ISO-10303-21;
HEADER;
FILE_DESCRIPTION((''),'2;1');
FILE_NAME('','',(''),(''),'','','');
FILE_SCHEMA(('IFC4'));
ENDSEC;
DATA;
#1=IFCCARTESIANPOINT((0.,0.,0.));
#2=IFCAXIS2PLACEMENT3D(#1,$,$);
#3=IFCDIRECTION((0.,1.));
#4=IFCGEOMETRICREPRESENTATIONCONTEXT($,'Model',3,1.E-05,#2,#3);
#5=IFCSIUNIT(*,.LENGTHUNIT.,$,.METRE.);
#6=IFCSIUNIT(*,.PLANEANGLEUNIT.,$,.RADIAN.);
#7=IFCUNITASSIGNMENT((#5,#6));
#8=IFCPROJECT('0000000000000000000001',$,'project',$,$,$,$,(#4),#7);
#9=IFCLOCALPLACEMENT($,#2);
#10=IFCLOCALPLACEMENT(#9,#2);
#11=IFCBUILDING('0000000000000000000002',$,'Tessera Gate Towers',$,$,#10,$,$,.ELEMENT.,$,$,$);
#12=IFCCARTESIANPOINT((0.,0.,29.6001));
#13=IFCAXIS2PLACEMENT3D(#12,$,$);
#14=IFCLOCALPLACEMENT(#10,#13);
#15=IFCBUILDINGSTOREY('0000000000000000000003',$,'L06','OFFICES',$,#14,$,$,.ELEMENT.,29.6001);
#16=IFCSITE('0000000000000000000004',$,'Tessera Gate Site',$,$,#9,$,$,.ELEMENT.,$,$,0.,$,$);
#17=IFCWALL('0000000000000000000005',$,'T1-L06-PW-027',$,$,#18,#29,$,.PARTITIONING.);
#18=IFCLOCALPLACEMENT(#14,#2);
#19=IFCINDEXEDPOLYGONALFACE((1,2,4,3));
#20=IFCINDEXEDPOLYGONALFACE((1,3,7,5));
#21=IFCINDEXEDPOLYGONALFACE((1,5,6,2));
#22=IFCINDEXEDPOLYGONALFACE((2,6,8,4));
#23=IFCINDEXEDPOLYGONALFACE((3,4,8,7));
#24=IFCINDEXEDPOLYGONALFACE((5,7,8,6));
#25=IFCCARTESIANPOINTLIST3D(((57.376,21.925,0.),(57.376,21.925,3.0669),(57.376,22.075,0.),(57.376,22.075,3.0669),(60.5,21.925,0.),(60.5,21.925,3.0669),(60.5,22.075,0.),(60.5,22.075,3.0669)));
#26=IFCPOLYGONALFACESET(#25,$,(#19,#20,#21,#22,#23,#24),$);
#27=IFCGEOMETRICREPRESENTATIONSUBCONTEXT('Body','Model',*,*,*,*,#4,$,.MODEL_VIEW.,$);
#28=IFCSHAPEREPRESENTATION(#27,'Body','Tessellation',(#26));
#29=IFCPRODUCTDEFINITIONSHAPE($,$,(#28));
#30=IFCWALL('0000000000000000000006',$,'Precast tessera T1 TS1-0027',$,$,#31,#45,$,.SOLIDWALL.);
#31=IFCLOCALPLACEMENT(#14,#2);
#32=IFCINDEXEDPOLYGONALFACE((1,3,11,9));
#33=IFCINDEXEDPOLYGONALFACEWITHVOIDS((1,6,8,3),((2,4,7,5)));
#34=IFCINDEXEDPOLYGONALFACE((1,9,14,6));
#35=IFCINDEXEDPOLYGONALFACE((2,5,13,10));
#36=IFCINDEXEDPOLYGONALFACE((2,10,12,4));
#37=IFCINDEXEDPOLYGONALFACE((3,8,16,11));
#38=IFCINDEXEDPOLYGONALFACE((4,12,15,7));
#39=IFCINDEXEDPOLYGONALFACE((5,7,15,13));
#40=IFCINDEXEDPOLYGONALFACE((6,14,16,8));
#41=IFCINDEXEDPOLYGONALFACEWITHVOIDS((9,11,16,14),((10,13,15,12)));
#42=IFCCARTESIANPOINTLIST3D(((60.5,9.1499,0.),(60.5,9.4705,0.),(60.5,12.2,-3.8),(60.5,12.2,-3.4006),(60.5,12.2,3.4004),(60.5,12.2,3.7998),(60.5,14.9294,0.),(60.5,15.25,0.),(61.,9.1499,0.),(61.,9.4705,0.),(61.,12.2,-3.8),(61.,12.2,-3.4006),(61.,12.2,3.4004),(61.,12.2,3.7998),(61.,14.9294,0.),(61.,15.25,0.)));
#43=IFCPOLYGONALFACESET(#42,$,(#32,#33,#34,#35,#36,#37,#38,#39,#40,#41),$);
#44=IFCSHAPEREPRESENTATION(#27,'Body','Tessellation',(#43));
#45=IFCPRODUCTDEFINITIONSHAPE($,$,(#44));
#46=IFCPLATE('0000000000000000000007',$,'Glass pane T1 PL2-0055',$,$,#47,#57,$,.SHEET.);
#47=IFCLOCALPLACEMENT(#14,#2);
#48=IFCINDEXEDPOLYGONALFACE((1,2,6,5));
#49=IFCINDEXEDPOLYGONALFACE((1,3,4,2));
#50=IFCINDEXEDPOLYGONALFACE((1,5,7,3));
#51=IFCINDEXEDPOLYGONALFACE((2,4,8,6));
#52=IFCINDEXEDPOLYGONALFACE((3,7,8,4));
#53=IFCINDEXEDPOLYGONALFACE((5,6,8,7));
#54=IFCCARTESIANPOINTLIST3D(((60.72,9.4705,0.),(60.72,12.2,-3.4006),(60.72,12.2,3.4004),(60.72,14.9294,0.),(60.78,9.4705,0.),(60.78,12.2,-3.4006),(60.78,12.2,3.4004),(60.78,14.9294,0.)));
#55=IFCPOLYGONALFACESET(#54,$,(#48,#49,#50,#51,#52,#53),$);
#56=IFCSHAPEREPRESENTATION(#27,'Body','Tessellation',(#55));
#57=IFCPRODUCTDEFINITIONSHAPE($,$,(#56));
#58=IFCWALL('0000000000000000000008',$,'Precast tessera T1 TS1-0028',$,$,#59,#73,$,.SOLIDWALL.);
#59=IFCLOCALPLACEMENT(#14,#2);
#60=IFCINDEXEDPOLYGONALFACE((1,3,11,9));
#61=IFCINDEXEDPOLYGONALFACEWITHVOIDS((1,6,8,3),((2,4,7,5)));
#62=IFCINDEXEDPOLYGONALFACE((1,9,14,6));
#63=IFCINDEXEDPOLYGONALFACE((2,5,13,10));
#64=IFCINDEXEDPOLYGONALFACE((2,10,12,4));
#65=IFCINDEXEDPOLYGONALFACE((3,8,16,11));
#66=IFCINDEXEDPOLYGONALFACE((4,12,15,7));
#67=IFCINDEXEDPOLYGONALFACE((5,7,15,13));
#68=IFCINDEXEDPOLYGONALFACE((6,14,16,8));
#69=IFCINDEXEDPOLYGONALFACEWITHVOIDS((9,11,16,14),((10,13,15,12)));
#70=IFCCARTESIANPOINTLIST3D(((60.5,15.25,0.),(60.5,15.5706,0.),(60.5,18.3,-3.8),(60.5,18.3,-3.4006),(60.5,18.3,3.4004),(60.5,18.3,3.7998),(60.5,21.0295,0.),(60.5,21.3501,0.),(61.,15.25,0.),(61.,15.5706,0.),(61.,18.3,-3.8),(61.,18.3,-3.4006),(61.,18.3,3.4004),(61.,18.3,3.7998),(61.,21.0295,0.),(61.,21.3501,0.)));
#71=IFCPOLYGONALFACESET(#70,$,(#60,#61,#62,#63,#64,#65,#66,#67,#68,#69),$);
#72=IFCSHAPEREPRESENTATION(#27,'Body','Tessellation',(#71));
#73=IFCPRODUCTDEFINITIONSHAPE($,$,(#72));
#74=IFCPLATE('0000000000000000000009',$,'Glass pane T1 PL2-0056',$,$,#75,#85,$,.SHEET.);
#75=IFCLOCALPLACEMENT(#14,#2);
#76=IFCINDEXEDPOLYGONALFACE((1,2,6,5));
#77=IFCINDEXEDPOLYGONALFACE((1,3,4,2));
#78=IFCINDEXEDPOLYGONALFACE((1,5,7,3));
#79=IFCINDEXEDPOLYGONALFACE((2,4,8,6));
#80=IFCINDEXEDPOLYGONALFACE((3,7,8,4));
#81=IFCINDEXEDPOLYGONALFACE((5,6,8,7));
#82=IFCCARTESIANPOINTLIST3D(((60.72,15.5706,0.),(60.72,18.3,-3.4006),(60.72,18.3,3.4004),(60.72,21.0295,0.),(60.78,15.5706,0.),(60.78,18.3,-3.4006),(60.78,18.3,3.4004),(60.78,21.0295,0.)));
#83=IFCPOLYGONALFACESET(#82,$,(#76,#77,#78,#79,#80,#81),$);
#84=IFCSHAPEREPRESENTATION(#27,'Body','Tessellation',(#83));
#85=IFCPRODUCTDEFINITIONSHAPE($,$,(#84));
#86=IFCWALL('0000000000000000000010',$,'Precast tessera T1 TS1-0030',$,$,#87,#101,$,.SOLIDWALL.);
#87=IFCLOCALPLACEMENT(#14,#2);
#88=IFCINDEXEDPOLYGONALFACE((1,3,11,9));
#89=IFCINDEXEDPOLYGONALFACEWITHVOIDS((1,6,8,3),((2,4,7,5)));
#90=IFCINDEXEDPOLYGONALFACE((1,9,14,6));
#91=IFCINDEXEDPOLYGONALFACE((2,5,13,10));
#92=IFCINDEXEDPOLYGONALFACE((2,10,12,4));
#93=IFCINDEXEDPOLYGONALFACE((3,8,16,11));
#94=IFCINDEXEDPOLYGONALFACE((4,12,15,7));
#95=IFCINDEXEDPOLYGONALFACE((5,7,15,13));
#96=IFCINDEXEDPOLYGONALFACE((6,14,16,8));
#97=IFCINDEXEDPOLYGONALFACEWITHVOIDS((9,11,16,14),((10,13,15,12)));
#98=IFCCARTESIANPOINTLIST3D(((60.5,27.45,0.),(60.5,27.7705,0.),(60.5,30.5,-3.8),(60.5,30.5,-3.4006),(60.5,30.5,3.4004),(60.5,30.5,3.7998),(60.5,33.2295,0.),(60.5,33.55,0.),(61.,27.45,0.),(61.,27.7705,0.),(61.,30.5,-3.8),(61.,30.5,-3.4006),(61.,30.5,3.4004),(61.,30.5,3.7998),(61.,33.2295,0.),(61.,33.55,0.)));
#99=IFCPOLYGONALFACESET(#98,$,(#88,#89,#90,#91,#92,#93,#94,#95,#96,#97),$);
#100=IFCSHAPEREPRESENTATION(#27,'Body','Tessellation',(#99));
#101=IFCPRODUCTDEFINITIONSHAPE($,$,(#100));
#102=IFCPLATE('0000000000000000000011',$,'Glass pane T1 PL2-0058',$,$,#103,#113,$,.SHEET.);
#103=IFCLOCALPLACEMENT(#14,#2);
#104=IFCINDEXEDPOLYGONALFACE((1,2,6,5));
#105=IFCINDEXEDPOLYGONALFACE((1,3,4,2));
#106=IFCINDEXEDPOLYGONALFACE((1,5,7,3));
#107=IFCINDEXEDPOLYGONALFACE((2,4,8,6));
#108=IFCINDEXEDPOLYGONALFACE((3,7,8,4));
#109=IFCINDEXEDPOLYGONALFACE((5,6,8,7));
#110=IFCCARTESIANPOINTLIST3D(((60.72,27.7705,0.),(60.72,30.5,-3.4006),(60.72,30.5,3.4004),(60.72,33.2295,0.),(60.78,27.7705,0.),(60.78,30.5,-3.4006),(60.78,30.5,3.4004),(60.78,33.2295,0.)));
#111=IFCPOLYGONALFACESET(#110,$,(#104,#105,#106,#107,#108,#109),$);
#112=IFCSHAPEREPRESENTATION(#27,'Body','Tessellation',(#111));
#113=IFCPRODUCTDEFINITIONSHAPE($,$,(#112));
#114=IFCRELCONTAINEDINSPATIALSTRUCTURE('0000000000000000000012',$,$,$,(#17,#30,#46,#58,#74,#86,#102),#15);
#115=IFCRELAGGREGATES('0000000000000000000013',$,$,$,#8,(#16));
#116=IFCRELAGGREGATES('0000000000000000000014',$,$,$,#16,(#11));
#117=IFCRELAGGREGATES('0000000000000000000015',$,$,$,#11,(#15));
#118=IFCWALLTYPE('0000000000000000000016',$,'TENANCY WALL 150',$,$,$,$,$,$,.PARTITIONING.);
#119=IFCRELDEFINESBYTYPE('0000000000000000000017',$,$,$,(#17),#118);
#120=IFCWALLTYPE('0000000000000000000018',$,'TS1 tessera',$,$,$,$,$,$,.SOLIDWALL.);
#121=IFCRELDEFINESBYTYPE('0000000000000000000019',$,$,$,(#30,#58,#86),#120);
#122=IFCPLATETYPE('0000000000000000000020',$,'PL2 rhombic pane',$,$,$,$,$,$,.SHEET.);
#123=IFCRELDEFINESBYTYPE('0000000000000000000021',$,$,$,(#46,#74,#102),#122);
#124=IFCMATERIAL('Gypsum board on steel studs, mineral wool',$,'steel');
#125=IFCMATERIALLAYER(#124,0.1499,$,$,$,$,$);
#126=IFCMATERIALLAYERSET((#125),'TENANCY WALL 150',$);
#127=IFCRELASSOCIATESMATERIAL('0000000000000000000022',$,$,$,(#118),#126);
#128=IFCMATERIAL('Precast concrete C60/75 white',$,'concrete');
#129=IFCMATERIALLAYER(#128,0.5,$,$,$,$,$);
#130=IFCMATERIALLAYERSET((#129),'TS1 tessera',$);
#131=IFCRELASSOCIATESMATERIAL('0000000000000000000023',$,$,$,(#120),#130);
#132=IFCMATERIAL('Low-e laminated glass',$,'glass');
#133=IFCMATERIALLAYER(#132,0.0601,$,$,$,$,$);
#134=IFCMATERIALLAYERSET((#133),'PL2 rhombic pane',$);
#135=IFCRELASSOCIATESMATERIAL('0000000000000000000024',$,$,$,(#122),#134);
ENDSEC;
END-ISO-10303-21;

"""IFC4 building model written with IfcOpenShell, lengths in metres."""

from ifc_helpers import new_model, si_unit, direction, frame, frame_2d, origin, place, context, subcontext, project, spatial, polyline, rectangle, outline, extrude, source, transform, mapped, material, layer, layer_set, type_object, element, fill, save


model = new_model("IFC4")

# Units and contexts
model_context = context("Model", 3, precision=1e-05, world=origin(), true_north=direction((0.0, 1.0)))
body_context = subcontext(model_context, "Body", "Model", "MODEL_VIEW")
ifc_project = project(units=[si_unit("LENGTHUNIT", "METRE"), si_unit("PLANEANGLEUNIT", "RADIAN")], contexts=[model_context])

# Site, building, storey
site_placement = place(None, origin())
site = spatial("IfcSite", under=ifc_project, at=site_placement, Name="Tessera Gate Site", CompositionType="ELEMENT", RefElevation=0.0)
building_placement = place(site_placement, origin())
building = spatial("IfcBuilding", under=site, at=building_placement, Name="Tessera Gate Towers", CompositionType="ELEMENT")
storey_placement = place(building_placement, frame((0.0, 0.0, 29.6001)))
storey = spatial("IfcBuildingStorey", under=building, at=storey_placement, Name="L06", Description="OFFICES", CompositionType="ELEMENT", Elevation=29.6001)

# Wall
ifc_material_1 = material(Name="Gypsum board on steel studs, mineral wool", Category="steel")
ifc_layer_1 = layer(ifc_material_1, 0.1499)
ifc_layer_set_1 = layer_set([ifc_layer_1], Name="TENANCY WALL 150")
wall_type_1 = type_object("IfcWallType", Name="TENANCY WALL 150", PredefinedType="PARTITIONING", material=ifc_layer_set_1)
wall_1_placement = place(storey_placement, frame((57.376, 22.0, 0.0), z_axis=(0.0, 0.0, 1.0), x_axis=(1.0, 0.0, 0.0)))
element("IfcWall", 1, at=wall_1_placement, inside=storey, type_object=wall_type_1, Name="T1-L06-PW-027", PredefinedType="PARTITIONING", context=body_context, shape_type="SweptSolid", body=[
    extrude(rectangle(XDim=3.124, YDim=0.1499, at=frame_2d((1.562, 0.0))), origin(), (0.0, 0.0, 1.0), 3.0669),
])

# Walls, openings, plates
ifc_material_2 = material(Name="Precast concrete C60/75 white", Category="concrete")
ifc_layer_2 = layer(ifc_material_2, 0.5)
ifc_layer_set_2 = layer_set([ifc_layer_2], Name="TS1 tessera")
wall_type_2 = type_object("IfcWallType", Name="TS1 tessera", PredefinedType="SOLIDWALL", material=ifc_layer_set_2)
shared_shape_1 = source(origin(), body_context, "Body", "SweptSolid", [
    extrude(outline(polyline([(3.05, 0.0), (6.1001, 3.8), (3.05, 7.5999), (0.0, 3.8), (3.05, 0.0)])), frame((0.0, 0.25, 0.0), z_axis=(0.0, -1.0, 0.0), x_axis=(1.0, 0.0, 0.0)), (0.0, 0.0, 1.0), 0.5),
])
wall_2_placement = place(storey_placement, frame((60.75, 9.1499, -3.8), z_axis=(0.0, 0.0, 1.0), x_axis=(0.0, 1.0, 0.0)))
wall_2 = element("IfcWall", 2, at=wall_2_placement, inside=storey, type_object=wall_type_2, Name="Precast tessera T1 TS1-0027", PredefinedType="SOLIDWALL", context=body_context, shape_type="MappedRepresentation", body=[
    mapped(shared_shape_1, transform((0.0, 0.0, 0.0), scale=1.0)),
])
shared_shape_2 = source(origin(), body_context, "Body", "SweptSolid", [
    extrude(outline(polyline([(3.05, 0.3994), (5.7795, 3.8), (3.05, 7.2004), (0.3206, 3.8), (3.05, 0.3994)])), frame((0.0, 0.26, 0.0), z_axis=(0.0, -1.0, 0.0), x_axis=(1.0, 0.0, 0.0)), (0.0, 0.0, 1.0), 0.52),
])
opening_1_placement = place(wall_2_placement, origin())
opening_1 = element("IfcOpeningElement", 3, at=opening_1_placement, cuts=wall_2, PredefinedType="OPENING", context=body_context, shape_type="MappedRepresentation", body=[
    mapped(shared_shape_2, transform((0.0, 0.0, 0.0), scale=1.0)),
])
ifc_material_3 = material(Name="Low-e laminated glass", Category="glass")
ifc_layer_3 = layer(ifc_material_3, 0.0601)
ifc_layer_set_3 = layer_set([ifc_layer_3], Name="PL2 rhombic pane")
plate_type = type_object("IfcPlateType", Name="PL2 rhombic pane", PredefinedType="SHEET", material=ifc_layer_set_3)
shared_shape_3 = source(origin(), body_context, "Body", "SweptSolid", [
    extrude(outline(polyline([(3.05, 0.3994), (5.7795, 3.8), (3.05, 7.2004), (0.3206, 3.8), (3.05, 0.3994)])), frame((0.0, 0.03, 0.0), z_axis=(0.0, -1.0, 0.0), x_axis=(1.0, 0.0, 0.0)), (0.0, 0.0, 1.0), 0.0601),
])
plate_1_placement = place(opening_1_placement, origin())
plate_1 = element("IfcPlate", 4, at=plate_1_placement, inside=storey, type_object=plate_type, Name="Glass pane T1 PL2-0055", PredefinedType="SHEET", context=body_context, shape_type="MappedRepresentation", body=[
    mapped(shared_shape_3, transform((0.0, 0.0, 0.0), scale=1.0)),
])
fill(opening_1, plate_1)
wall_3_placement = place(storey_placement, frame((60.75, 15.25, -3.8), z_axis=(0.0, 0.0, 1.0), x_axis=(0.0, 1.0, 0.0)))
wall_3 = element("IfcWall", 5, at=wall_3_placement, inside=storey, type_object=wall_type_2, Name="Precast tessera T1 TS1-0028", PredefinedType="SOLIDWALL", context=body_context, shape_type="MappedRepresentation", body=[
    mapped(shared_shape_1, transform((0.0, 0.0, 0.0), scale=1.0)),
])
opening_2_placement = place(wall_3_placement, origin())
opening_2 = element("IfcOpeningElement", 6, at=opening_2_placement, cuts=wall_3, PredefinedType="OPENING", context=body_context, shape_type="MappedRepresentation", body=[
    mapped(shared_shape_2, transform((0.0, 0.0, 0.0), scale=1.0)),
])
plate_2_placement = place(opening_2_placement, origin())
plate_2 = element("IfcPlate", 7, at=plate_2_placement, inside=storey, type_object=plate_type, Name="Glass pane T1 PL2-0056", PredefinedType="SHEET", context=body_context, shape_type="MappedRepresentation", body=[
    mapped(shared_shape_3, transform((0.0, 0.0, 0.0), scale=1.0)),
])
fill(opening_2, plate_2)
wall_4_placement = place(storey_placement, frame((60.75, 27.45, -3.8), z_axis=(0.0, 0.0, 1.0), x_axis=(0.0, 1.0, 0.0)))
wall_4 = element("IfcWall", 8, at=wall_4_placement, inside=storey, type_object=wall_type_2, Name="Precast tessera T1 TS1-0030", PredefinedType="SOLIDWALL", context=body_context, shape_type="MappedRepresentation", body=[
    mapped(shared_shape_1, transform((0.0, 0.0, 0.0), scale=1.0)),
])
opening_3_placement = place(wall_4_placement, origin())
opening_3 = element("IfcOpeningElement", 9, at=opening_3_placement, cuts=wall_4, PredefinedType="OPENING", context=body_context, shape_type="MappedRepresentation", body=[
    mapped(shared_shape_2, transform((0.0, 0.0, 0.0), scale=1.0)),
])
plate_3_placement = place(opening_3_placement, origin())
plate_3 = element("IfcPlate", 10, at=plate_3_placement, inside=storey, type_object=plate_type, Name="Glass pane T1 PL2-0058", PredefinedType="SHEET", context=body_context, shape_type="MappedRepresentation", body=[
    mapped(shared_shape_3, transform((0.0, 0.0, 0.0), scale=1.0)),
])
fill(opening_3, plate_3)

save(model, "model.ifc")
